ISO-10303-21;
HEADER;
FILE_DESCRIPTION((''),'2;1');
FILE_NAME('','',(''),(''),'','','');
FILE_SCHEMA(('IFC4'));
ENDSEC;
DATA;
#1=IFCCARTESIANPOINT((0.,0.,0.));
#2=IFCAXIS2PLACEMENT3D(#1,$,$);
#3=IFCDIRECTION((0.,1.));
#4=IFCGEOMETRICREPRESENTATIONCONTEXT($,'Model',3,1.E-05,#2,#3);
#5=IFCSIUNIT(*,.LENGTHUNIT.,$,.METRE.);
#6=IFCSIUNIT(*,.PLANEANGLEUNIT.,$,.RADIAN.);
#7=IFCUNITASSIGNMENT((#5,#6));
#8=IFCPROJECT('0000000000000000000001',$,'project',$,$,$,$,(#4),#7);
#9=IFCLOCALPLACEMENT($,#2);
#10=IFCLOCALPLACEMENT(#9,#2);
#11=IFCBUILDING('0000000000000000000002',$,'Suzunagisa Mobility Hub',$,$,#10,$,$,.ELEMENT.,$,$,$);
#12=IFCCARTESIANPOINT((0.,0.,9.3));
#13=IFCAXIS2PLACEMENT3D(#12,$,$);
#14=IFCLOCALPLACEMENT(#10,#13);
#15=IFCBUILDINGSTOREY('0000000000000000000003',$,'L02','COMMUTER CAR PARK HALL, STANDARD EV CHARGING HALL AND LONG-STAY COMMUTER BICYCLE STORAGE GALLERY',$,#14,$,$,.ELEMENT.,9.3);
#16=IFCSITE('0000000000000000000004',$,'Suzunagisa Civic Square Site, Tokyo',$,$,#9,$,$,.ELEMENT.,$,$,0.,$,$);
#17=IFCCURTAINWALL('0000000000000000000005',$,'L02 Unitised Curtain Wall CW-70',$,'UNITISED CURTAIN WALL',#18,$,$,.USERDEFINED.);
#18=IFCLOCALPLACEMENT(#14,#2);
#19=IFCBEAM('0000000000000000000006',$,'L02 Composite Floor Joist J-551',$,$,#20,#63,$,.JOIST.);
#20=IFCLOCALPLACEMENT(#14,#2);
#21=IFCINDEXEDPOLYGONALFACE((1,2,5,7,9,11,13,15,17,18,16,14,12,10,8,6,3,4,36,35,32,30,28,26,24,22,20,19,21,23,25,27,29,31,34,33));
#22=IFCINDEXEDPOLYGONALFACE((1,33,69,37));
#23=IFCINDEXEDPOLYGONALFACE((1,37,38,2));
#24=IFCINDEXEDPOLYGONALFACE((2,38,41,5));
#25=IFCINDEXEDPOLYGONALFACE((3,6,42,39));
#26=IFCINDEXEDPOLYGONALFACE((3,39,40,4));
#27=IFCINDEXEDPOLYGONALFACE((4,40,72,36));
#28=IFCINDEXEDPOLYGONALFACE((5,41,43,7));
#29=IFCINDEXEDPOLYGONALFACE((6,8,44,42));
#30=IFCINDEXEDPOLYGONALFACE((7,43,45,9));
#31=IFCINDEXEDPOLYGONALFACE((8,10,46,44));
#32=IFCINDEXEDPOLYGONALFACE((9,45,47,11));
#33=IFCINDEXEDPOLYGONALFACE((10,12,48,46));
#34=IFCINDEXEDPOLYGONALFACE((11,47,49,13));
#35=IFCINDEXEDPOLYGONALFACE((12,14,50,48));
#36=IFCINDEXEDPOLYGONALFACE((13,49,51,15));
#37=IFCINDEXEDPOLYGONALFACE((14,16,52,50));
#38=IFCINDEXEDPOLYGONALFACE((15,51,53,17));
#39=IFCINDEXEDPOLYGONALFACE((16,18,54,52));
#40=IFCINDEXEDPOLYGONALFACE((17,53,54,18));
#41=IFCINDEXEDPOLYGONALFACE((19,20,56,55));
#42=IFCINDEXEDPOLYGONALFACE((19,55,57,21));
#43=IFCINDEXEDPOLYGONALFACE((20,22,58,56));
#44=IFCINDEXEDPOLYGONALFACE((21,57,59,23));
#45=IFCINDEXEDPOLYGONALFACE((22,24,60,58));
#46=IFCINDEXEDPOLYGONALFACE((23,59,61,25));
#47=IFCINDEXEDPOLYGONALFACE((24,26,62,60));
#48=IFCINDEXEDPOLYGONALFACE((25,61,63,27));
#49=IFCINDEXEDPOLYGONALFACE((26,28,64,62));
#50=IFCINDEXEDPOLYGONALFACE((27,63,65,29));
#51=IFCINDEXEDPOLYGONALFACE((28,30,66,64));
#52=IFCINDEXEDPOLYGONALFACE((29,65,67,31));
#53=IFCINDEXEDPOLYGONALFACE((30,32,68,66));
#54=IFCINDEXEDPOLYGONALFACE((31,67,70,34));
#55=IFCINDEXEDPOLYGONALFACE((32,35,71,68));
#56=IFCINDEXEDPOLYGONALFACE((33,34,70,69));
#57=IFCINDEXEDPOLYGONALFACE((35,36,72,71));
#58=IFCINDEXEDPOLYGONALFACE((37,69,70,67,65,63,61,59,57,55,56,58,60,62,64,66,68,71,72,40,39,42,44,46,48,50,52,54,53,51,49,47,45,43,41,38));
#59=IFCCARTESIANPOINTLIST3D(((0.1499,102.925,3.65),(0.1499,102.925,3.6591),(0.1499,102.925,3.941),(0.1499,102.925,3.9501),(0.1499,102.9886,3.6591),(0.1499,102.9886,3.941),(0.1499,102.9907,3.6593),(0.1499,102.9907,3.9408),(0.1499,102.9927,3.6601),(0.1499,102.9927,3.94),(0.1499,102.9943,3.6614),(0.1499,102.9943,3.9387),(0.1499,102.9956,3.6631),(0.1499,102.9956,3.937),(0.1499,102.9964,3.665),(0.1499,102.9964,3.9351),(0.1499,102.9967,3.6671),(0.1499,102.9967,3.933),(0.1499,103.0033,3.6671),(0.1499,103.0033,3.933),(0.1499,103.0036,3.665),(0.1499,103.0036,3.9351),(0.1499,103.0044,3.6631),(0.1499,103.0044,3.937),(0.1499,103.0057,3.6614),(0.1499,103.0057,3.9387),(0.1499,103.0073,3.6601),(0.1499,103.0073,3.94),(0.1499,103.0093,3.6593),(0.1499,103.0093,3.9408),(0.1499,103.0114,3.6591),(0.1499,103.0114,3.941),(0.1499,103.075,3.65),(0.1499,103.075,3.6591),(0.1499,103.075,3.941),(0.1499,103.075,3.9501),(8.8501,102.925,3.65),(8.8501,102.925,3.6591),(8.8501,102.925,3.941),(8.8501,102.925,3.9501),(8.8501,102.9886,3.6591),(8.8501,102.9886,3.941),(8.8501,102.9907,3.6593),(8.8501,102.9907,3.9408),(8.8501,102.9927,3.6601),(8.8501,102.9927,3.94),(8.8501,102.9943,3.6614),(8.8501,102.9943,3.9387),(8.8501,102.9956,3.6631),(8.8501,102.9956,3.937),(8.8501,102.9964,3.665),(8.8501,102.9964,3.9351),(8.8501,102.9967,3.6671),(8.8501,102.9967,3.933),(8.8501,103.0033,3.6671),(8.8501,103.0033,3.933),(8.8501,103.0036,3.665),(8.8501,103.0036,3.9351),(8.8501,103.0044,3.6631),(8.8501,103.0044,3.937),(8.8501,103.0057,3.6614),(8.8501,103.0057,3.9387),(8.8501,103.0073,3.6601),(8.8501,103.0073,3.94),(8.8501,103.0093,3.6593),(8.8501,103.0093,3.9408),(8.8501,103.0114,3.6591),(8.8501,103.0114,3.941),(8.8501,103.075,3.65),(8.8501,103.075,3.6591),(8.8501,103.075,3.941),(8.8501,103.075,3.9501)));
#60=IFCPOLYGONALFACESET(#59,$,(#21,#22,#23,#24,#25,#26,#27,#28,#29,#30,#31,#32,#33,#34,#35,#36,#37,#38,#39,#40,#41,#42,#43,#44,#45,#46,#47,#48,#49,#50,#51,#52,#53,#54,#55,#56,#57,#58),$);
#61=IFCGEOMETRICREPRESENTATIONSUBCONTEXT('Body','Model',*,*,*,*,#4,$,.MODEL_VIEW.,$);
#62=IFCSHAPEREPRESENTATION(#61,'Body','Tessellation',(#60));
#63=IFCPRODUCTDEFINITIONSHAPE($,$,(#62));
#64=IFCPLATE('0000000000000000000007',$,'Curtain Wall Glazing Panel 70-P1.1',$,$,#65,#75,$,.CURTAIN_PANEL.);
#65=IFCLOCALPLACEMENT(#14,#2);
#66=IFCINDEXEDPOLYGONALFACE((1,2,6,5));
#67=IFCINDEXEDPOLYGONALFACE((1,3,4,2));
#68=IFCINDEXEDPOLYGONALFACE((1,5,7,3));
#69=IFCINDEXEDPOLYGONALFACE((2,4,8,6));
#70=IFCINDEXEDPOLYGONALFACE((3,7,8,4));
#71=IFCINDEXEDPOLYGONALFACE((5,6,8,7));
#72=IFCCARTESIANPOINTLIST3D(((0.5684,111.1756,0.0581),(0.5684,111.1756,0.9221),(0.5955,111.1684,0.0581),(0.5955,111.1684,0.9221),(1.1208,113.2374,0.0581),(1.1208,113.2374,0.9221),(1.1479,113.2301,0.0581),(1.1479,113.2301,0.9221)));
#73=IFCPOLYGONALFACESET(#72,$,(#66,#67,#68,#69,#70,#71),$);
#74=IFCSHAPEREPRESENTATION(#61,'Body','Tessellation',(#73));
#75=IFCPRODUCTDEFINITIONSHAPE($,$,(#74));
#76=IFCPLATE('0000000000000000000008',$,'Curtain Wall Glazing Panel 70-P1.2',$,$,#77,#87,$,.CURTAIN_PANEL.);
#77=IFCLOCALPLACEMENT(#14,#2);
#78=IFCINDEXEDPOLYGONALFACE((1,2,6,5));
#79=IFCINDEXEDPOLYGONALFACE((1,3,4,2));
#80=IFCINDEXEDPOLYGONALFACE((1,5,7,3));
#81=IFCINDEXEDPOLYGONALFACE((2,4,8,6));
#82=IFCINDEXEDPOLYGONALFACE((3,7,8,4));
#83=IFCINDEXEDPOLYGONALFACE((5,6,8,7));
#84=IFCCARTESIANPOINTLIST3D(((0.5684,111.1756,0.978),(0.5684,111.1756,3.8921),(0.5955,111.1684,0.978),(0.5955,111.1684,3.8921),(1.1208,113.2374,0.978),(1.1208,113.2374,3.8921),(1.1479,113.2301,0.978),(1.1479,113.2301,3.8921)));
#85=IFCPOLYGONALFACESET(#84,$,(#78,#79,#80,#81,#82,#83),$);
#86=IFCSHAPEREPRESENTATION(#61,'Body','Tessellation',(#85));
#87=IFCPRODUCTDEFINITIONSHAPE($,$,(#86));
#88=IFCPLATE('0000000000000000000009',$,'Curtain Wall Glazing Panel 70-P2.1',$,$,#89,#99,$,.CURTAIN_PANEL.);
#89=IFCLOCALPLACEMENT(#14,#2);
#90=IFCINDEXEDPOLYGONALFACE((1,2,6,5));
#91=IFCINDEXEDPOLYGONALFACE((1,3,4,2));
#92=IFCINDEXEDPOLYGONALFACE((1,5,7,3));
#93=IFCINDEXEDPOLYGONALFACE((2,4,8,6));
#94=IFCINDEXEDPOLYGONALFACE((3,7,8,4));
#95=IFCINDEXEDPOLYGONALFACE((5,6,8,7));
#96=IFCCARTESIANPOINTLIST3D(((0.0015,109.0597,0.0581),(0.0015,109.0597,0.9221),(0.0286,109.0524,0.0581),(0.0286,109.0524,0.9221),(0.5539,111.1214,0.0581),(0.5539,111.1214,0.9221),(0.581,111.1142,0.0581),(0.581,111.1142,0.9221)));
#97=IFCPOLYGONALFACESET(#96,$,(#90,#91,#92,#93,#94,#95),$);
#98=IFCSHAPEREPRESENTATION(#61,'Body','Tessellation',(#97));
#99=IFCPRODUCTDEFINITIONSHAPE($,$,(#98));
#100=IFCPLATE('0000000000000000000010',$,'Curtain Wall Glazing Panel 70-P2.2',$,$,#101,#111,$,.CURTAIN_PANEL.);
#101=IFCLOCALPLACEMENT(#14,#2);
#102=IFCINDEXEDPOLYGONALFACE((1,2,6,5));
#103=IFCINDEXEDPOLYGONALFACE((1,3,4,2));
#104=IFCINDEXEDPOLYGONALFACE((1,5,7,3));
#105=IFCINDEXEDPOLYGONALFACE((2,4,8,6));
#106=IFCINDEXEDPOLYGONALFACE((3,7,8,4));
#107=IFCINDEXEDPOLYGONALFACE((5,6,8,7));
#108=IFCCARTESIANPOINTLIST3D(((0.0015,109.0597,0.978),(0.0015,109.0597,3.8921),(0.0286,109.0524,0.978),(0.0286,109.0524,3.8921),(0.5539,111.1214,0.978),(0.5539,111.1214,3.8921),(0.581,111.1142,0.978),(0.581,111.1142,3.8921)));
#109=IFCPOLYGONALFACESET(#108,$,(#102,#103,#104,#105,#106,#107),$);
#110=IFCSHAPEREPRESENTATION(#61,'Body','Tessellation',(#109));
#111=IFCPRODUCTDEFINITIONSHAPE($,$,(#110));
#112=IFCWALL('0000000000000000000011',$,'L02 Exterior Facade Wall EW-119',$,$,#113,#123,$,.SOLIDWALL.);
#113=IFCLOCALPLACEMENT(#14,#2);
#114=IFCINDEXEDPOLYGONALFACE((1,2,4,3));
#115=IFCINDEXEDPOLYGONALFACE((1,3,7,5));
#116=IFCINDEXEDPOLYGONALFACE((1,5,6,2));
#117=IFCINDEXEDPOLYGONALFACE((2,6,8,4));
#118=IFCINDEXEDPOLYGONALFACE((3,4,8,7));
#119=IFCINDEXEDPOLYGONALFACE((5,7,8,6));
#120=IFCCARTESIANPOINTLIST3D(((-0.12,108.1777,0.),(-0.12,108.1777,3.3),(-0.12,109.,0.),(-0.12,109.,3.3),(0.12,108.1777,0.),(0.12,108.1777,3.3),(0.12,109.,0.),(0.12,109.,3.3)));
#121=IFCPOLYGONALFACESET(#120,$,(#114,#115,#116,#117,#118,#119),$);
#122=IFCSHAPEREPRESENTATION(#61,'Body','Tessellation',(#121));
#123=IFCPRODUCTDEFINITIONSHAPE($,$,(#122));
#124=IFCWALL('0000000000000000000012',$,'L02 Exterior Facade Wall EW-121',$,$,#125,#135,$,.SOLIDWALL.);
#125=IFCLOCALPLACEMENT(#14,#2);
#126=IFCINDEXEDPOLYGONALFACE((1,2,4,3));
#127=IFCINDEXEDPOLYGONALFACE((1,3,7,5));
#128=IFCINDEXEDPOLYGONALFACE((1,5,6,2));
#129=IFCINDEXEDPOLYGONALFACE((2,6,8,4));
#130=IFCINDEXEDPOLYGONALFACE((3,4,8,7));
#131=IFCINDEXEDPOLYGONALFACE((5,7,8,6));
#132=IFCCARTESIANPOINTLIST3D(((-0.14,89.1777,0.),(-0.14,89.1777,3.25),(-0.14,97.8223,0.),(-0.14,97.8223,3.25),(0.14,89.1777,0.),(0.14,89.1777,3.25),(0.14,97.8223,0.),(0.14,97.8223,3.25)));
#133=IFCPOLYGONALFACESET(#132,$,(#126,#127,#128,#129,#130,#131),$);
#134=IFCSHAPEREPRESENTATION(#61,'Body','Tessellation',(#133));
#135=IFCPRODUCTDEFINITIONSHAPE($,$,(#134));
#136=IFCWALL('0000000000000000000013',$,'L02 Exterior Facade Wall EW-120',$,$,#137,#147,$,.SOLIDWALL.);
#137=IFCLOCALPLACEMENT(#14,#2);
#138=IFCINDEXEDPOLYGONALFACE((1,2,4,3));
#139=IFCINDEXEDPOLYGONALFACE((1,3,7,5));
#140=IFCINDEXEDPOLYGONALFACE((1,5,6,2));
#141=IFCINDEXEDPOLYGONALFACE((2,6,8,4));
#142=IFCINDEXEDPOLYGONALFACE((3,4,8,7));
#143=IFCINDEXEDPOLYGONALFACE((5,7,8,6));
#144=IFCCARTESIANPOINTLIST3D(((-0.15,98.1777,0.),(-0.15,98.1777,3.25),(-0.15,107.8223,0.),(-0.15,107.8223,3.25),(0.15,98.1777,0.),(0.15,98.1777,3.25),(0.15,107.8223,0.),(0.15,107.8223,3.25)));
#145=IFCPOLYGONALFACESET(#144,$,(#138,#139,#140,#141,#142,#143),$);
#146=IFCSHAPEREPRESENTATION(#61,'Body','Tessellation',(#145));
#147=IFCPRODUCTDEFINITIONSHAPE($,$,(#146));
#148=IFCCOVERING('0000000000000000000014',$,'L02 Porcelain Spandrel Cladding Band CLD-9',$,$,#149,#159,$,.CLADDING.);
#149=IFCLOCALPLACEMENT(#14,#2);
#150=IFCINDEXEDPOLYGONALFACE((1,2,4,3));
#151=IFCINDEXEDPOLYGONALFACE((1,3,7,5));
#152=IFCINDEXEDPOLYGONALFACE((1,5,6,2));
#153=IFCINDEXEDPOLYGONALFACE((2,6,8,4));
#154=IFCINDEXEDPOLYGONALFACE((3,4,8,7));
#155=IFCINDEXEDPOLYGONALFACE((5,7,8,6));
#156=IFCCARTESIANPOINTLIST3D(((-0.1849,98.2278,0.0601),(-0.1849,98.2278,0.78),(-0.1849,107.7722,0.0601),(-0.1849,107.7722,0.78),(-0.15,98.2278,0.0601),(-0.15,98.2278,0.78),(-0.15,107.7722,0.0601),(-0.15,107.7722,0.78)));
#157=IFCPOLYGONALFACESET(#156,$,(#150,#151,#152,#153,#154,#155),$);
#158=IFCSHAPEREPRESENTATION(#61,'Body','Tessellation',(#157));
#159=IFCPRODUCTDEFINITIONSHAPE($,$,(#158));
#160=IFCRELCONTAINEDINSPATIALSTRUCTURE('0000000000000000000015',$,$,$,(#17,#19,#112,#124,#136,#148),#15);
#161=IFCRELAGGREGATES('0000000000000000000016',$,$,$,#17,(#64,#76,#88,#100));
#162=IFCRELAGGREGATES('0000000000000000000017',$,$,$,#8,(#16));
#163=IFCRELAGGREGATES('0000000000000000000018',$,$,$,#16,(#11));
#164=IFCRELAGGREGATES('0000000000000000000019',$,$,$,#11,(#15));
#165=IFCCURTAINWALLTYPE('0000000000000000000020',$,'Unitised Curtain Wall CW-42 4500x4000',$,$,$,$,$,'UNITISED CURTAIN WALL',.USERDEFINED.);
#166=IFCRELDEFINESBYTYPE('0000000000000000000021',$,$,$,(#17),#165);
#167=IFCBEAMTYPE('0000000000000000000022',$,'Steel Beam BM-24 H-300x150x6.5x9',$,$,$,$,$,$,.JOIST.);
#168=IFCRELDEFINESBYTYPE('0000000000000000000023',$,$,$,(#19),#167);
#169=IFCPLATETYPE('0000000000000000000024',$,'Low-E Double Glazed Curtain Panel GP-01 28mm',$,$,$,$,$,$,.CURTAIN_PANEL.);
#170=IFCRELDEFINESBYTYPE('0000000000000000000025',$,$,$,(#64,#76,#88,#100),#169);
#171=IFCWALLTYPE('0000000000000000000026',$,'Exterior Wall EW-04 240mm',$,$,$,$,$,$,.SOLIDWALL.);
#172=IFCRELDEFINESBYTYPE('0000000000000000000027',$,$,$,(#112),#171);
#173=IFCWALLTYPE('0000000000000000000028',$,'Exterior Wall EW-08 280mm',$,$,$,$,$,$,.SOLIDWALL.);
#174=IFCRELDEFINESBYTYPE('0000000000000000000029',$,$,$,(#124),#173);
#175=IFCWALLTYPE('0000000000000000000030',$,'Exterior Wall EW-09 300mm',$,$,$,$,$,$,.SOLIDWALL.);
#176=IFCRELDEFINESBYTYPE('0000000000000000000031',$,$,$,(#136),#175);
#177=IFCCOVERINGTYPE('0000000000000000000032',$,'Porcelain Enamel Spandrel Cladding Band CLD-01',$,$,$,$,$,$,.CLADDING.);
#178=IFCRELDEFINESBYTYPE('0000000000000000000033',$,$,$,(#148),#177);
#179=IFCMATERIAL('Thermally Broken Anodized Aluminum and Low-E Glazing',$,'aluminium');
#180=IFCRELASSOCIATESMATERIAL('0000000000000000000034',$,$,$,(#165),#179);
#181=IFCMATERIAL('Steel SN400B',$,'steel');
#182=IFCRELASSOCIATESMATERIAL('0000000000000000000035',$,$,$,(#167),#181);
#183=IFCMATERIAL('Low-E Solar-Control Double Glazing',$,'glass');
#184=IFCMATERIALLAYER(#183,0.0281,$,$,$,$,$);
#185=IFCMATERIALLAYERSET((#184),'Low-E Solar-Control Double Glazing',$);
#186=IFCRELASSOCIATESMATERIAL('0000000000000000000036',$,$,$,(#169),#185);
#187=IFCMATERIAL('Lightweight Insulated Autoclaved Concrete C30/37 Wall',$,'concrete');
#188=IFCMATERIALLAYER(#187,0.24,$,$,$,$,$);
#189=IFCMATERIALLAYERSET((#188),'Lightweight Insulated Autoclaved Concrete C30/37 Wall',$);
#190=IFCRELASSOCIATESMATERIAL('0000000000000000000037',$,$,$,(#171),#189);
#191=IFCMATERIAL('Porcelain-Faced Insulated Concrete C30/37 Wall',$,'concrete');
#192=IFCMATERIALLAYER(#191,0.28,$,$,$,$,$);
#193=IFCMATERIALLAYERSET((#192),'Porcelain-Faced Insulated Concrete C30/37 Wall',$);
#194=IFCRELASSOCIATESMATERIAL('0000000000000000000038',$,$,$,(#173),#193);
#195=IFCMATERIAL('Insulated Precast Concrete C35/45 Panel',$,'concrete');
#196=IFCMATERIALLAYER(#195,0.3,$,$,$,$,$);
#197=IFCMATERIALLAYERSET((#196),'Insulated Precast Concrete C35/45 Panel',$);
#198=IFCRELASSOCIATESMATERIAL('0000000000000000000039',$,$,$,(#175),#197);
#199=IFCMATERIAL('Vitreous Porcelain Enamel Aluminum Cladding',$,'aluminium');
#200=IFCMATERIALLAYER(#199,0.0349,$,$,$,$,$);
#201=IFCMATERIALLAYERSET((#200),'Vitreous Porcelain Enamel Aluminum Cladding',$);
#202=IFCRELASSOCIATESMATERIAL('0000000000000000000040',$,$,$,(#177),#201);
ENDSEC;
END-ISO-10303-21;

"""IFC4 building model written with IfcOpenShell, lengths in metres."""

from ifc_helpers import new_model, si_unit, direction, frame, frame_2d, origin, origin_2d, place, context, subcontext, project, spatial, rectangle, i_section, extrude, material, layer, layer_set, material_profile, profile_set, type_object, element, aggregate, save


model = new_model("IFC4")

# Units and contexts
model_context = context("Model", 3, precision=1e-05, world=origin(), true_north=direction((0.0, 1.0)))
body_context = subcontext(model_context, "Body", "Model", "MODEL_VIEW")
ifc_project = project(units=[si_unit("LENGTHUNIT", "METRE"), si_unit("PLANEANGLEUNIT", "RADIAN")], contexts=[model_context])

# Site, building, storey
site_placement = place(None, origin())
site = spatial("IfcSite", under=ifc_project, at=site_placement, Name="Suzunagisa Civic Square Site, Tokyo", CompositionType="ELEMENT", RefElevation=0.0)
building_placement = place(site_placement, origin())
building = spatial("IfcBuilding", under=site, at=building_placement, Name="Suzunagisa Mobility Hub", CompositionType="ELEMENT")
storey_placement = place(building_placement, frame((0.0, 0.0, 9.3)))
storey = spatial("IfcBuildingStorey", under=building, at=storey_placement, Name="L02", Description="COMMUTER CAR PARK HALL, STANDARD EV CHARGING HALL AND LONG-STAY COMMUTER BICYCLE STORAGE GALLERY", CompositionType="ELEMENT", Elevation=9.3)

# Curtain wall
ifc_material_1 = material(Name="Thermally Broken Anodized Aluminum and Low-E Glazing", Category="aluminium")
curtain_wall_type = type_object("IfcCurtainWallType", Name="Unitised Curtain Wall CW-42 4500x4000", ElementType="UNITISED CURTAIN WALL", PredefinedType="USERDEFINED", material=ifc_material_1)
curtain_wall_placement = place(storey_placement, origin())
curtain_wall = element("IfcCurtainWall", 1, at=curtain_wall_placement, inside=storey, type_object=curtain_wall_type, Name="L02 Unitised Curtain Wall CW-70", ObjectType="UNITISED CURTAIN WALL", PredefinedType="USERDEFINED")

# Beam
ifc_material_2 = material(Name="Steel SN400B", Category="steel")
ifc_material_profile_1 = material_profile(ifc_material_2, i_section(OverallWidth=0.1499, OverallDepth=0.3, WebThickness=0.0066, FlangeThickness=0.009, FilletRadius=0.0081, at=origin_2d()), Name="H-300x150x6.5x9")
ifc_profile_set_1 = profile_set([ifc_material_profile_1], Name="Steel SN400B")
beam_type_1 = type_object("IfcBeamType", Name="Steel Beam BM-24 H-300x150x6.5x9", PredefinedType="JOIST", material=ifc_profile_set_1)
for number, where, z_axis, x_axis, name in (
    (2, (0.1499, 103.0, 3.8), (1.0, 0.0, 0.0), (0.0, 1.0, 0.0), "L02 Composite Floor Joist J-551"),
):
    element("IfcBeam", number, at=place(storey_placement, frame(where, z_axis=z_axis, x_axis=x_axis)), inside=storey, type_object=beam_type_1, Name=name, PredefinedType="JOIST", context=body_context, shape_type="SweptSolid", body=[
        extrude(i_section(OverallWidth=0.1499, OverallDepth=0.3, WebThickness=0.0066, FlangeThickness=0.009, FilletRadius=0.0081, at=origin_2d()), origin(), (0.0, 0.0, 1.0), 8.7002),
    ])

# Plates
ifc_material_3 = material(Name="Low-E Solar-Control Double Glazing", Category="glass")
ifc_layer_1 = layer(ifc_material_3, 0.0281)
ifc_layer_set_1 = layer_set([ifc_layer_1], Name="Low-E Solar-Control Double Glazing")
plate_type = type_object("IfcPlateType", Name="Low-E Double Glazed Curtain Panel GP-01 28mm", PredefinedType="CURTAIN_PANEL", material=ifc_layer_set_1)
plate_1_placement = place(storey_placement, frame((0.8582, 112.2029, 0.0581), z_axis=(0.0, 0.0, 1.0), x_axis=(-0.258814, -0.965927, 0.0)))
plate_1 = element("IfcPlate", 3, at=plate_1_placement, type_object=plate_type, Name="Curtain Wall Glazing Panel 70-P1.1", PredefinedType="CURTAIN_PANEL", context=body_context, shape_type="SweptSolid", body=[
    extrude(rectangle(XDim=2.1345, YDim=0.0281, at=origin_2d()), origin(), (0.0, 0.0, 1.0), 0.864),
])
plate_2_placement = place(storey_placement, frame((0.8582, 112.2029, 0.978), z_axis=(0.0, 0.0, 1.0), x_axis=(-0.258814, -0.965927, 0.0)))
plate_2 = element("IfcPlate", 4, at=plate_2_placement, type_object=plate_type, Name="Curtain Wall Glazing Panel 70-P1.2", PredefinedType="CURTAIN_PANEL", context=body_context, shape_type="SweptSolid", body=[
    extrude(rectangle(XDim=2.1345, YDim=0.0281, at=origin_2d()), origin(), (0.0, 0.0, 1.0), 2.9141),
])
plate_3_placement = place(storey_placement, frame((0.2913, 110.0869, 0.0581), z_axis=(0.0, 0.0, 1.0), x_axis=(-0.258814, -0.965927, 0.0)))
plate_3 = element("IfcPlate", 5, at=plate_3_placement, type_object=plate_type, Name="Curtain Wall Glazing Panel 70-P2.1", PredefinedType="CURTAIN_PANEL", context=body_context, shape_type="SweptSolid", body=[
    extrude(rectangle(XDim=2.1345, YDim=0.0281, at=origin_2d()), origin(), (0.0, 0.0, 1.0), 0.864),
])
plate_4_placement = place(storey_placement, frame((0.2913, 110.0869, 0.978), z_axis=(0.0, 0.0, 1.0), x_axis=(-0.258814, -0.965927, 0.0)))
plate_4 = element("IfcPlate", 6, at=plate_4_placement, type_object=plate_type, Name="Curtain Wall Glazing Panel 70-P2.2", PredefinedType="CURTAIN_PANEL", context=body_context, shape_type="SweptSolid", body=[
    extrude(rectangle(XDim=2.1345, YDim=0.0281, at=origin_2d()), origin(), (0.0, 0.0, 1.0), 2.9141),
])
aggregate(curtain_wall, [plate_1, plate_2, plate_3, plate_4])

# Walls
ifc_material_4 = material(Name="Lightweight Insulated Autoclaved Concrete C30/37 Wall", Category="concrete")
ifc_layer_2 = layer(ifc_material_4, 0.24)
ifc_layer_set_2 = layer_set([ifc_layer_2], Name="Lightweight Insulated Autoclaved Concrete C30/37 Wall")
wall_type_1 = type_object("IfcWallType", Name="Exterior Wall EW-04 240mm", PredefinedType="SOLIDWALL", material=ifc_layer_set_2)
wall_1_placement = place(storey_placement, frame((0.0, 109.0, 0.0), z_axis=(0.0, 0.0, 1.0), x_axis=(0.0, -1.0, 0.0)))
element("IfcWall", 7, at=wall_1_placement, inside=storey, type_object=wall_type_1, Name="L02 Exterior Facade Wall EW-119", PredefinedType="SOLIDWALL", context=body_context, shape_type="SweptSolid", body=[
    extrude(rectangle(XDim=0.8223, YDim=0.24, at=frame_2d((0.4111, 0.0))), origin(), (0.0, 0.0, 1.0), 3.3),
])
ifc_material_5 = material(Name="Porcelain-Faced Insulated Concrete C30/37 Wall", Category="concrete")
ifc_layer_3 = layer(ifc_material_5, 0.28)
ifc_layer_set_3 = layer_set([ifc_layer_3], Name="Porcelain-Faced Insulated Concrete C30/37 Wall")
wall_type_2 = type_object("IfcWallType", Name="Exterior Wall EW-08 280mm", PredefinedType="SOLIDWALL", material=ifc_layer_set_3)
wall_2_placement = place(storey_placement, frame((0.0, 97.8223, 0.0), z_axis=(0.0, 0.0, 1.0), x_axis=(0.0, -1.0, 0.0)))
element("IfcWall", 8, at=wall_2_placement, inside=storey, type_object=wall_type_2, Name="L02 Exterior Facade Wall EW-121", PredefinedType="SOLIDWALL", context=body_context, shape_type="SweptSolid", body=[
    extrude(rectangle(XDim=8.6445, YDim=0.28, at=frame_2d((4.3223, 0.0))), origin(), (0.0, 0.0, 1.0), 3.25),
])
ifc_material_6 = material(Name="Insulated Precast Concrete C35/45 Panel", Category="concrete")
ifc_layer_4 = layer(ifc_material_6, 0.3)
ifc_layer_set_4 = layer_set([ifc_layer_4], Name="Insulated Precast Concrete C35/45 Panel")
wall_type_3 = type_object("IfcWallType", Name="Exterior Wall EW-09 300mm", PredefinedType="SOLIDWALL", material=ifc_layer_set_4)
wall_3_placement = place(storey_placement, frame((0.0, 107.8223, 0.0), z_axis=(0.0, 0.0, 1.0), x_axis=(0.0, -1.0, 0.0)))
element("IfcWall", 9, at=wall_3_placement, inside=storey, type_object=wall_type_3, Name="L02 Exterior Facade Wall EW-120", PredefinedType="SOLIDWALL", context=body_context, shape_type="SweptSolid", body=[
    extrude(rectangle(XDim=9.6445, YDim=0.3, at=frame_2d((4.8223, 0.0))), origin(), (0.0, 0.0, 1.0), 3.25),
])

# Covering
ifc_material_7 = material(Name="Vitreous Porcelain Enamel Aluminum Cladding", Category="aluminium")
ifc_layer_5 = layer(ifc_material_7, 0.0349)
ifc_layer_set_5 = layer_set([ifc_layer_5], Name="Vitreous Porcelain Enamel Aluminum Cladding")
covering_type = type_object("IfcCoveringType", Name="Porcelain Enamel Spandrel Cladding Band CLD-01", PredefinedType="CLADDING", material=ifc_layer_set_5)
covering_placement = place(storey_placement, frame((-0.1675, 103.0, 0.0601), z_axis=(0.0, 0.0, 1.0), x_axis=(0.0, -1.0, 0.0)))
element("IfcCovering", 10, at=covering_placement, inside=storey, type_object=covering_type, Name="L02 Porcelain Spandrel Cladding Band CLD-9", PredefinedType="CLADDING", context=body_context, shape_type="SweptSolid", body=[
    extrude(rectangle(XDim=9.5444, YDim=0.0349, at=origin_2d()), origin(), (0.0, 0.0, 1.0), 0.72),
])

save(model, "model.ifc")
